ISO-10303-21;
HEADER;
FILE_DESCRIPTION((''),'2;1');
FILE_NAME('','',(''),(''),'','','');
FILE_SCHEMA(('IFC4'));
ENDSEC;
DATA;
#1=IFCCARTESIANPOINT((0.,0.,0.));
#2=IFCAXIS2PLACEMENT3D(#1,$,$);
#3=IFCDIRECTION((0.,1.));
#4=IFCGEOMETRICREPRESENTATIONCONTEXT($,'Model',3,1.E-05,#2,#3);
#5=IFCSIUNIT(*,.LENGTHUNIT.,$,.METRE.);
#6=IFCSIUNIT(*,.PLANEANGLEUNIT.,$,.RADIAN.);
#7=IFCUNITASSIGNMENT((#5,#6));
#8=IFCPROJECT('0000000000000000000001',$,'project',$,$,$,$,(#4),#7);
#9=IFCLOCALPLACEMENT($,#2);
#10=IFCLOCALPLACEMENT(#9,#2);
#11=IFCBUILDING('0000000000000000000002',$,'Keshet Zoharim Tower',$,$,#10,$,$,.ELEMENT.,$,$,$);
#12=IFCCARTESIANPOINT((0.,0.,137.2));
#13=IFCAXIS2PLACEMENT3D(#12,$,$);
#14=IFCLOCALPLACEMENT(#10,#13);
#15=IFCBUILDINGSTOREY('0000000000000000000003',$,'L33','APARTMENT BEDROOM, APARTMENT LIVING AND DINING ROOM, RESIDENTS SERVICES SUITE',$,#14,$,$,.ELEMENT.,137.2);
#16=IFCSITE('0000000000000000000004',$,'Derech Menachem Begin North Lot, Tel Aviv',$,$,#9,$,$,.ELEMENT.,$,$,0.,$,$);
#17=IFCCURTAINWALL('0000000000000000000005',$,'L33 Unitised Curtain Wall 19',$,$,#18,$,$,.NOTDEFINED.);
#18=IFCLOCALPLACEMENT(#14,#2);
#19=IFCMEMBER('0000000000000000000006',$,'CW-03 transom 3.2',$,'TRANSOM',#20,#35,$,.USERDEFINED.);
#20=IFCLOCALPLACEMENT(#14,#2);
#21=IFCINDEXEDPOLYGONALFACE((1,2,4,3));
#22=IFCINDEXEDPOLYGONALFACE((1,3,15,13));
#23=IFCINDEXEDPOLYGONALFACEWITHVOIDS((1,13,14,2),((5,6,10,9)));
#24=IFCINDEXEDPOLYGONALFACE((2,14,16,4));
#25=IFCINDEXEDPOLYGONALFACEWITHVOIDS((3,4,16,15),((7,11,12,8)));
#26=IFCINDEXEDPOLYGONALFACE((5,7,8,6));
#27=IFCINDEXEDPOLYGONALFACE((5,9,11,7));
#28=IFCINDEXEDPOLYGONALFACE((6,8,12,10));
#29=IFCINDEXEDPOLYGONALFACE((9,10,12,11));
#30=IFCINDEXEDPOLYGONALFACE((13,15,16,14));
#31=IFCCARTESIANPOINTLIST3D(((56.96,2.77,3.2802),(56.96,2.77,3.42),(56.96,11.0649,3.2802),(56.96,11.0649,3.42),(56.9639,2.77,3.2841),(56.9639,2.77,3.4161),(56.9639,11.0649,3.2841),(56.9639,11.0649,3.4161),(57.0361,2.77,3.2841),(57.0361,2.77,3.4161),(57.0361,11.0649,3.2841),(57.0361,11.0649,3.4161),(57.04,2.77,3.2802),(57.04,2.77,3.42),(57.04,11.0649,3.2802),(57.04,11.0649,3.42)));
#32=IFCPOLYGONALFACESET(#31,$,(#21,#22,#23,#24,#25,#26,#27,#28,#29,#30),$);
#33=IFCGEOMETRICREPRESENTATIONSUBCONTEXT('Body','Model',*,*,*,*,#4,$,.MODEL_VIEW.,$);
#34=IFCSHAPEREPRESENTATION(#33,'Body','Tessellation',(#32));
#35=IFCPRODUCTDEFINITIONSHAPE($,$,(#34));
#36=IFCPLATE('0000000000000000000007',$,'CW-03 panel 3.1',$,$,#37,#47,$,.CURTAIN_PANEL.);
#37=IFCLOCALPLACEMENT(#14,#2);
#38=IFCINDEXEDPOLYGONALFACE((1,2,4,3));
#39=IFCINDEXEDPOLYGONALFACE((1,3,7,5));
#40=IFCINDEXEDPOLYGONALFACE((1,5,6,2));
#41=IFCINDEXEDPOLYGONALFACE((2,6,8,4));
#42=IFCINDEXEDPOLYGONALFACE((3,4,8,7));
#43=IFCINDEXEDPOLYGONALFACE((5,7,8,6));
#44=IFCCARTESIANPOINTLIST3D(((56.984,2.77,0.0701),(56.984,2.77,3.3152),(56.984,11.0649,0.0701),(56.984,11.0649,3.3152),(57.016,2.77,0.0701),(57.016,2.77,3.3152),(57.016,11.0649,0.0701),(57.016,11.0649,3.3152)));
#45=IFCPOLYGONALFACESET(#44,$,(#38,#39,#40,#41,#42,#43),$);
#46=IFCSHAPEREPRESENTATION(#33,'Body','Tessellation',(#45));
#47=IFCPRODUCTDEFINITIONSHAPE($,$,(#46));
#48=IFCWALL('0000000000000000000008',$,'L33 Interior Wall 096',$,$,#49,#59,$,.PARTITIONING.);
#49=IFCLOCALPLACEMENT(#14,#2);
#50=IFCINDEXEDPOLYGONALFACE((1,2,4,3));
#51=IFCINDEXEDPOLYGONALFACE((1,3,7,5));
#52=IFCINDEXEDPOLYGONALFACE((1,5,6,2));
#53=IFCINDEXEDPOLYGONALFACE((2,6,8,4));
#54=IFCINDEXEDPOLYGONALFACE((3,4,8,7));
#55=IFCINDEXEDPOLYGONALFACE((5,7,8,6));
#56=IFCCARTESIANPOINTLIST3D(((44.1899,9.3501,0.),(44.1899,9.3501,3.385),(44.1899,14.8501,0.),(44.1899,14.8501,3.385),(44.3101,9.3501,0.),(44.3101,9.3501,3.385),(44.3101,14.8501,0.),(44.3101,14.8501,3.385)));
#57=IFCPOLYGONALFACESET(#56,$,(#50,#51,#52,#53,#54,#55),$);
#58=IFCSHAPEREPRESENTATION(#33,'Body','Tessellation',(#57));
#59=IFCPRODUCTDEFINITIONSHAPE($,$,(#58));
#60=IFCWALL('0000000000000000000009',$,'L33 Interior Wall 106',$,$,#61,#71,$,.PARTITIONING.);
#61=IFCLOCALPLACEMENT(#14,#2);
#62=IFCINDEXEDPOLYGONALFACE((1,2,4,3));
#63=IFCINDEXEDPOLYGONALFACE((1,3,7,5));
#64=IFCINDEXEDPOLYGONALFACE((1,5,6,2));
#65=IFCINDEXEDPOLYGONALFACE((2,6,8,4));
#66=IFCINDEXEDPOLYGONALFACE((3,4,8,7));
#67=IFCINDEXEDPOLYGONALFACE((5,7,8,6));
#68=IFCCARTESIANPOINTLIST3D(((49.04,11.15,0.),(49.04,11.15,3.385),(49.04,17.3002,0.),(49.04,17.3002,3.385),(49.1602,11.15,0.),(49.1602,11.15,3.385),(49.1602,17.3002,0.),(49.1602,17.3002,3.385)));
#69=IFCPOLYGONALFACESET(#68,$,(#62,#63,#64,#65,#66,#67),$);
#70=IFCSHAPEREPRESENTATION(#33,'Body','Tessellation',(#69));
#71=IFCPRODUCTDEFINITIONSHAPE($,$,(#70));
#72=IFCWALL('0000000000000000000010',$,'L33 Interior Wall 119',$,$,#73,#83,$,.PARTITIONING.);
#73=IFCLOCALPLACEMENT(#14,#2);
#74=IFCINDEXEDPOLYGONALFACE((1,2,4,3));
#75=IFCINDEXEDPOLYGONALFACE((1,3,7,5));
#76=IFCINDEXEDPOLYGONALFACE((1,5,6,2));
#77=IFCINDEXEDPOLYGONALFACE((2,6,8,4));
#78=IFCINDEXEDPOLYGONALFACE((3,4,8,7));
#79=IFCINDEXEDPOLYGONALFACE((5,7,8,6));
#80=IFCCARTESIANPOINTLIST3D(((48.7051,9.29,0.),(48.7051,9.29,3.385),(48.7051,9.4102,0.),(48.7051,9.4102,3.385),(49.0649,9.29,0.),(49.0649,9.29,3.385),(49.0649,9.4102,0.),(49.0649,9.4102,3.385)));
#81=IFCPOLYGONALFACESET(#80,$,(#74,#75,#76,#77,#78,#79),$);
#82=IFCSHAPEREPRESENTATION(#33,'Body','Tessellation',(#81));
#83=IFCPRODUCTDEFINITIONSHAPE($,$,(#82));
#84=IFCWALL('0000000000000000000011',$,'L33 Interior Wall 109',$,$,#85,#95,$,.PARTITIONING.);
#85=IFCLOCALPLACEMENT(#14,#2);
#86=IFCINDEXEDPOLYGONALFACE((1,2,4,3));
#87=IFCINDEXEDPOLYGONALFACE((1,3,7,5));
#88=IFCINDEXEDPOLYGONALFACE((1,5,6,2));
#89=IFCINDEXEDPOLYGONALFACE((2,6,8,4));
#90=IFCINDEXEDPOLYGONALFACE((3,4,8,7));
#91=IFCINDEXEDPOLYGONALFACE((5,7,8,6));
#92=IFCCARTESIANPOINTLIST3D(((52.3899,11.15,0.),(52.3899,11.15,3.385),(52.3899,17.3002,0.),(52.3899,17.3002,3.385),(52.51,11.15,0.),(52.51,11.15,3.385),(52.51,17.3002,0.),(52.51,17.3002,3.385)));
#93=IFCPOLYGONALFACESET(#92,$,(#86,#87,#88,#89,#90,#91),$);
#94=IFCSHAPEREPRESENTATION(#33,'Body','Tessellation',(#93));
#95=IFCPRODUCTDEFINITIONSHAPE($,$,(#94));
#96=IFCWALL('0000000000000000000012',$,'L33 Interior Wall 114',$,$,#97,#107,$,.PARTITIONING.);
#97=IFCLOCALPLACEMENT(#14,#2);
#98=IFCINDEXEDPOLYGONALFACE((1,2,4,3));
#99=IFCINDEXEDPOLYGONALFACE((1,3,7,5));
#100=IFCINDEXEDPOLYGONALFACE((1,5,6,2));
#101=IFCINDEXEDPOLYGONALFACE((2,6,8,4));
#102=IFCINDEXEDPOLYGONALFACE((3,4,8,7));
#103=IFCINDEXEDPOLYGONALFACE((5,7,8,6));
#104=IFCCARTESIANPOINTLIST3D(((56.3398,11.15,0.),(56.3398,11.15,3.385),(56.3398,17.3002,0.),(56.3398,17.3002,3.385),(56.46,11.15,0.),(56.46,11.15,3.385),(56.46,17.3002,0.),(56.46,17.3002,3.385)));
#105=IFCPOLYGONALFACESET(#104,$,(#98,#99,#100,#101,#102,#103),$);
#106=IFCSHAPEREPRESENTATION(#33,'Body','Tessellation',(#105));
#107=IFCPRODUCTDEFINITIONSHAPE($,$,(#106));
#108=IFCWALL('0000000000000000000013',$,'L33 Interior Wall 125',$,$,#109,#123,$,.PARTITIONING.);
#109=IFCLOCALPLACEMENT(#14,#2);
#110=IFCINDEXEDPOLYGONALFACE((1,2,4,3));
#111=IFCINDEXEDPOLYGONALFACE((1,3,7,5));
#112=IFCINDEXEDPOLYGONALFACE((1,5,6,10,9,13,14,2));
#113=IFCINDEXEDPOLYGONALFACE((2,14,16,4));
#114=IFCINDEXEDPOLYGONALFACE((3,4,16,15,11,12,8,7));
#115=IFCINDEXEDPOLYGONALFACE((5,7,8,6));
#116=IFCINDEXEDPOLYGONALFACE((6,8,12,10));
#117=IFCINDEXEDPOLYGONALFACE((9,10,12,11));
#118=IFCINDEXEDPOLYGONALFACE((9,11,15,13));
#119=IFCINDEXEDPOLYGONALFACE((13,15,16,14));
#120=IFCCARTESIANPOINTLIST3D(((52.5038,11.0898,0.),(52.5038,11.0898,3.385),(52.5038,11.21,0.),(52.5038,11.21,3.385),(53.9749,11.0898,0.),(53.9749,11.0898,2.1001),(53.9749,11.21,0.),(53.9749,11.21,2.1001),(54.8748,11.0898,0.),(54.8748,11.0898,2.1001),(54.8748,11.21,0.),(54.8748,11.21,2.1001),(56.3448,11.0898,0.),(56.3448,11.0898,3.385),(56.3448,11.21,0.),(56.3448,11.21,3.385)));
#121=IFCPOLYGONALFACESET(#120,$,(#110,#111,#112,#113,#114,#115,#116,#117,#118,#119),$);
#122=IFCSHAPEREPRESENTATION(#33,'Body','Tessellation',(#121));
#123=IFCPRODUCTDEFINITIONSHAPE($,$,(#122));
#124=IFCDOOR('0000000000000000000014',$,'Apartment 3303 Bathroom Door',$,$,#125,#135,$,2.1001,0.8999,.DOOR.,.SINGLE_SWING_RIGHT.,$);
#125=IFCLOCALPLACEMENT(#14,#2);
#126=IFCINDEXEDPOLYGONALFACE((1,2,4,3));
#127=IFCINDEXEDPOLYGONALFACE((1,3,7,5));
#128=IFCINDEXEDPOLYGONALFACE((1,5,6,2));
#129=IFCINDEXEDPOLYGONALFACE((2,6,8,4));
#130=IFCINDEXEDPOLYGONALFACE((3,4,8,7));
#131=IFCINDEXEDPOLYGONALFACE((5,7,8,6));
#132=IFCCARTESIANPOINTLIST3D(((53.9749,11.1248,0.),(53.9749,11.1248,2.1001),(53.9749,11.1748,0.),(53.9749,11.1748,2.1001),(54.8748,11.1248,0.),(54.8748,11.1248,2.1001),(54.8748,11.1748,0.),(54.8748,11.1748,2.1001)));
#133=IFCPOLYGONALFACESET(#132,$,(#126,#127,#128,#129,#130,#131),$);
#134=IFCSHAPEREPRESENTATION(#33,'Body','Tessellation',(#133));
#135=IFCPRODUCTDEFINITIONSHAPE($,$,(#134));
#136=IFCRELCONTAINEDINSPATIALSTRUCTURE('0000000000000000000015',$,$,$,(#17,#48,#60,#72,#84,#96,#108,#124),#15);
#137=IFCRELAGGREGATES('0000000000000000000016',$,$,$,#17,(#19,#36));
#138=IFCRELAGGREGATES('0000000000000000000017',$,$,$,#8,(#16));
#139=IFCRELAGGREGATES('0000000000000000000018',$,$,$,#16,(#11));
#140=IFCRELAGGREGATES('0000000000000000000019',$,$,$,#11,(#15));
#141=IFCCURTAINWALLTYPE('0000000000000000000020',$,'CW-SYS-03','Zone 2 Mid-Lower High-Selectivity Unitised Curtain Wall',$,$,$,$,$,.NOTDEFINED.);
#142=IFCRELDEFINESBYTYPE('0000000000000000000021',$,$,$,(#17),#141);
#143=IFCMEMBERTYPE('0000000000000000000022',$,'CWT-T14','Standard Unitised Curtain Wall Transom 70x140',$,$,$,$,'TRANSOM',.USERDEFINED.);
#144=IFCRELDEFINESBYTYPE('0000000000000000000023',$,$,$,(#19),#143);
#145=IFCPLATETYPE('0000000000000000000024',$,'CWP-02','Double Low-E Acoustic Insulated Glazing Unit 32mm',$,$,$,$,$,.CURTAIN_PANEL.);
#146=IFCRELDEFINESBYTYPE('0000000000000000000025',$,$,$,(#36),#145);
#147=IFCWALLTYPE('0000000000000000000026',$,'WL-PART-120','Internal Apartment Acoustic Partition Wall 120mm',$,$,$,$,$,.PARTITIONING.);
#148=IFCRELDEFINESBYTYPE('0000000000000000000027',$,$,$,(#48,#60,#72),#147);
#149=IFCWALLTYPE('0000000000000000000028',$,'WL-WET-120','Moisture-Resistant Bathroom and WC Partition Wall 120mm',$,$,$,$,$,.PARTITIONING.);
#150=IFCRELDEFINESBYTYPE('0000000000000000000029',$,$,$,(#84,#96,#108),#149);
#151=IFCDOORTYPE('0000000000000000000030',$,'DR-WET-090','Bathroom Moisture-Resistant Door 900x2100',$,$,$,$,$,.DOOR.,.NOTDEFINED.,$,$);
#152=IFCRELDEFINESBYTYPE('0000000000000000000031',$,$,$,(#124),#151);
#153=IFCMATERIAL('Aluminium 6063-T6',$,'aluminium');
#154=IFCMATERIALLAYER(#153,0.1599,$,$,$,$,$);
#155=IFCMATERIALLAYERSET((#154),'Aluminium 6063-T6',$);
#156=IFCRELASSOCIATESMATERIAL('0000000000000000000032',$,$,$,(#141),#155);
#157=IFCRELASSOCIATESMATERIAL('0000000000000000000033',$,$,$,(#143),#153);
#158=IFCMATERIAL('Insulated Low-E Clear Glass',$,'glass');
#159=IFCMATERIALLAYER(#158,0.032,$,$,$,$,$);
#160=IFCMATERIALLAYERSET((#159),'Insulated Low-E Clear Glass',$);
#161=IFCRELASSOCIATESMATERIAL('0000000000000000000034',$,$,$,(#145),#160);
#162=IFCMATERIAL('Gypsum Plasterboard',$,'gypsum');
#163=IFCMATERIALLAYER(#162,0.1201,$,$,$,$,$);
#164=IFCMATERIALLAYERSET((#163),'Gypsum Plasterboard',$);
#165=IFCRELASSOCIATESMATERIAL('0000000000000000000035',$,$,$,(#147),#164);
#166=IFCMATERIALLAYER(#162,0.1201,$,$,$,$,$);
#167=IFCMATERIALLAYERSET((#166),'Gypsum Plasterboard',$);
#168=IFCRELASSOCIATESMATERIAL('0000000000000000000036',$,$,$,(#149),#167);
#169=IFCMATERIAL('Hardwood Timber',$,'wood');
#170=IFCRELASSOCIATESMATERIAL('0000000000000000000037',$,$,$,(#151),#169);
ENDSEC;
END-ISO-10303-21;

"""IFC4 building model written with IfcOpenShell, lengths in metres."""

from ifc_helpers import new_model, si_unit, direction, frame, frame_2d, origin, origin_2d, place, context, subcontext, project, spatial, rectangle, hollow_rectangle, extrude, material, layer, layer_set, material_profile, profile_set, type_object, element, fill, aggregate, save


model = new_model("IFC4")

# Units and contexts
model_context = context("Model", 3, precision=1e-05, world=origin(), true_north=direction((0.0, 1.0)))
body_context = subcontext(model_context, "Body", "Model", "MODEL_VIEW")
ifc_project = project(units=[si_unit("LENGTHUNIT", "METRE"), si_unit("PLANEANGLEUNIT", "RADIAN")], contexts=[model_context])

# Site, building, storey
site_placement = place(None, origin())
site = spatial("IfcSite", under=ifc_project, at=site_placement, Name="Derech Menachem Begin North Lot, Tel Aviv", CompositionType="ELEMENT", RefElevation=0.0)
building_placement = place(site_placement, origin())
building = spatial("IfcBuilding", under=site, at=building_placement, Name="Keshet Zoharim Tower", CompositionType="ELEMENT")
storey_placement = place(building_placement, frame((0.0, 0.0, 137.2)))
storey = spatial("IfcBuildingStorey", under=building, at=storey_placement, Name="L33", Description="APARTMENT BEDROOM, APARTMENT LIVING AND DINING ROOM, RESIDENTS SERVICES SUITE", CompositionType="ELEMENT", Elevation=137.2)

# Curtain wall, member, plate
ifc_material_1 = material(Name="Aluminium 6063-T6", Category="aluminium")
ifc_layer_1 = layer(ifc_material_1, 0.1599)
ifc_layer_set_1 = layer_set([ifc_layer_1], Name="Aluminium 6063-T6")
curtain_wall_type = type_object("IfcCurtainWallType", Name="CW-SYS-03", Description="Zone 2 Mid-Lower High-Selectivity Unitised Curtain Wall", PredefinedType="NOTDEFINED", material=ifc_layer_set_1)
curtain_wall_placement = place(storey_placement, origin())
curtain_wall = element("IfcCurtainWall", 1, at=curtain_wall_placement, inside=storey, type_object=curtain_wall_type, Name="L33 Unitised Curtain Wall 19", PredefinedType="NOTDEFINED")
ifc_material_profile_1 = material_profile(ifc_material_1, hollow_rectangle(XDim=0.0801, YDim=0.1399, WallThickness=0.0039, at=origin_2d()), Name="TRN-80x140")
ifc_profile_set_1 = profile_set([ifc_material_profile_1], Name="Aluminium 6063-T6")
member_type_1 = type_object("IfcMemberType", Name="CWT-T14", Description="Standard Unitised Curtain Wall Transom 70x140", ElementType="TRANSOM", PredefinedType="USERDEFINED", material=ifc_profile_set_1)
member_1_placement = place(storey_placement, frame((57.0, 11.0649, 3.3501), z_axis=(0.0, -1.0, 0.0), x_axis=(1.0, 0.0, 0.0)))
member_1 = element("IfcMember", 2, at=member_1_placement, type_object=member_type_1, Name="CW-03 transom 3.2", ObjectType="TRANSOM", PredefinedType="USERDEFINED", context=body_context, shape_type="SweptSolid", body=[
    extrude(hollow_rectangle(XDim=0.0801, YDim=0.1399, WallThickness=0.0039, at=origin_2d()), origin(), (0.0, 0.0, 1.0), 8.2949),
])
ifc_material_2 = material(Name="Insulated Low-E Clear Glass", Category="glass")
ifc_layer_2 = layer(ifc_material_2, 0.032)
ifc_layer_set_2 = layer_set([ifc_layer_2], Name="Insulated Low-E Clear Glass")
plate_type = type_object("IfcPlateType", Name="CWP-02", Description="Double Low-E Acoustic Insulated Glazing Unit 32mm", PredefinedType="CURTAIN_PANEL", material=ifc_layer_set_2)
plate_placement = place(storey_placement, frame((57.0, 6.9175, 0.0701), z_axis=(0.0, 0.0, 1.0), x_axis=(0.0, -1.0, 0.0)))
plate = element("IfcPlate", 3, at=plate_placement, type_object=plate_type, Name="CW-03 panel 3.1", PredefinedType="CURTAIN_PANEL", context=body_context, shape_type="SweptSolid", body=[
    extrude(rectangle(XDim=8.2949, YDim=0.032, at=origin_2d()), origin(), (0.0, 0.0, 1.0), 3.2451),
])
aggregate(curtain_wall, [member_1, plate])

# Walls
ifc_material_3 = material(Name="Gypsum Plasterboard", Category="gypsum")
ifc_layer_3 = layer(ifc_material_3, 0.1201)
ifc_layer_set_3 = layer_set([ifc_layer_3], Name="Gypsum Plasterboard")
wall_type_1 = type_object("IfcWallType", Name="WL-PART-120", Description="Internal Apartment Acoustic Partition Wall 120mm", PredefinedType="PARTITIONING", material=ifc_layer_set_3)
wall_1_placement = place(storey_placement, frame((44.25, 9.3501, 0.0), z_axis=(0.0, 0.0, 1.0), x_axis=(0.0, 1.0, 0.0)))
element("IfcWall", 4, at=wall_1_placement, inside=storey, type_object=wall_type_1, Name="L33 Interior Wall 096", PredefinedType="PARTITIONING", context=body_context, shape_type="SweptSolid", body=[
    extrude(rectangle(XDim=5.5, YDim=0.1201, at=frame_2d((2.75, 0.0))), origin(), (0.0, 0.0, 1.0), 3.385),
])
wall_2_placement = place(storey_placement, frame((49.1001, 11.1499, 0.0), z_axis=(0.0, 0.0, 1.0), x_axis=(0.0, 1.0, 0.0)))
element("IfcWall", 5, at=wall_2_placement, inside=storey, type_object=wall_type_1, Name="L33 Interior Wall 106", PredefinedType="PARTITIONING", context=body_context, shape_type="SweptSolid", body=[
    extrude(rectangle(XDim=6.1501, YDim=0.1201, at=frame_2d((3.0752, 0.0))), origin(), (0.0, 0.0, 1.0), 3.385),
])
wall_3_placement = place(storey_placement, frame((48.7051, 9.3501, 0.0), z_axis=(0.0, 0.0, 1.0), x_axis=(1.0, 0.0, 0.0)))
element("IfcWall", 6, at=wall_3_placement, inside=storey, type_object=wall_type_1, Name="L33 Interior Wall 119", PredefinedType="PARTITIONING", context=body_context, shape_type="SweptSolid", body=[
    extrude(rectangle(XDim=0.3599, YDim=0.1201, at=frame_2d((0.1799, 0.0))), origin(), (0.0, 0.0, 1.0), 3.385),
])

# Shared definitions
ifc_material_4 = material(Name="Hardwood Timber", Category="wood")

# Walls
ifc_layer_4 = layer(ifc_material_3, 0.1201)
ifc_layer_set_4 = layer_set([ifc_layer_4], Name="Gypsum Plasterboard")
wall_type_2 = type_object("IfcWallType", Name="WL-WET-120", Description="Moisture-Resistant Bathroom and WC Partition Wall 120mm", PredefinedType="PARTITIONING", material=ifc_layer_set_4)
for number, where, z_axis, x_axis, name in (
    (7, (52.45, 11.1499, 0.0), (0.0, 0.0, 1.0), (0.0, 1.0, 0.0), "L33 Interior Wall 109"),
    (8, (56.3999, 11.1499, 0.0), (0.0, 0.0, 1.0), (0.0, 1.0, 0.0), "L33 Interior Wall 114"),
):
    element("IfcWall", number, at=place(storey_placement, frame(where, z_axis=z_axis, x_axis=x_axis)), inside=storey, type_object=wall_type_2, Name=name, PredefinedType="PARTITIONING", context=body_context, shape_type="SweptSolid", body=[
        extrude(rectangle(XDim=6.1501, YDim=0.1201, at=frame_2d((3.0752, 0.0))), origin(), (0.0, 0.0, 1.0), 3.385),
    ])

# Wall, opening, door
wall_4_placement = place(storey_placement, frame((52.5039, 11.1499, 0.0), z_axis=(0.0, 0.0, 1.0), x_axis=(1.0, 0.0, 0.0)))
wall_4 = element("IfcWall", 9, at=wall_4_placement, inside=storey, type_object=wall_type_2, Name="L33 Interior Wall 125", PredefinedType="PARTITIONING", context=body_context, shape_type="SweptSolid", body=[
    extrude(rectangle(XDim=3.8411, YDim=0.1201, at=frame_2d((1.9204, 0.0))), origin(), (0.0, 0.0, 1.0), 3.385),
])
opening_1_placement = place(wall_4_placement, frame((1.4709, 0.0, 0.0)))
opening_1 = element("IfcOpeningElement", 10, at=opening_1_placement, cuts=wall_4, PredefinedType="OPENING", context=body_context, shape_type="SweptSolid", body=[
    extrude(rectangle(XDim=0.8999, YDim=2.1001, at=frame_2d((0.45, 1.05))), frame((0.0, 0.0701, 0.0), z_axis=(0.0, -1.0, 0.0), x_axis=(1.0, 0.0, 0.0)), (0.0, 0.0, 1.0), 0.1401),
])
door_type_1 = type_object("IfcDoorType", Name="DR-WET-090", Description="Bathroom Moisture-Resistant Door 900x2100", OperationType="NOTDEFINED", PredefinedType="DOOR", material=ifc_material_4)
door_1_placement = place(opening_1_placement, origin())
door_1 = element("IfcDoor", 11, at=door_1_placement, inside=storey, type_object=door_type_1, Name="Apartment 3303 Bathroom Door", OperationType="SINGLE_SWING_RIGHT", OverallHeight=2.1001, OverallWidth=0.8999, PredefinedType="DOOR", context=body_context, shape_type="SweptSolid", body=[
    extrude(rectangle(XDim=0.8999, YDim=2.1001, at=frame_2d((0.45, 1.05))), frame((0.0, 0.0249, 0.0), z_axis=(0.0, -1.0, 0.0), x_axis=(1.0, 0.0, 0.0)), (0.0, 0.0, 1.0), 0.05),
])
fill(opening_1, door_1)

save(model, "model.ifc")
